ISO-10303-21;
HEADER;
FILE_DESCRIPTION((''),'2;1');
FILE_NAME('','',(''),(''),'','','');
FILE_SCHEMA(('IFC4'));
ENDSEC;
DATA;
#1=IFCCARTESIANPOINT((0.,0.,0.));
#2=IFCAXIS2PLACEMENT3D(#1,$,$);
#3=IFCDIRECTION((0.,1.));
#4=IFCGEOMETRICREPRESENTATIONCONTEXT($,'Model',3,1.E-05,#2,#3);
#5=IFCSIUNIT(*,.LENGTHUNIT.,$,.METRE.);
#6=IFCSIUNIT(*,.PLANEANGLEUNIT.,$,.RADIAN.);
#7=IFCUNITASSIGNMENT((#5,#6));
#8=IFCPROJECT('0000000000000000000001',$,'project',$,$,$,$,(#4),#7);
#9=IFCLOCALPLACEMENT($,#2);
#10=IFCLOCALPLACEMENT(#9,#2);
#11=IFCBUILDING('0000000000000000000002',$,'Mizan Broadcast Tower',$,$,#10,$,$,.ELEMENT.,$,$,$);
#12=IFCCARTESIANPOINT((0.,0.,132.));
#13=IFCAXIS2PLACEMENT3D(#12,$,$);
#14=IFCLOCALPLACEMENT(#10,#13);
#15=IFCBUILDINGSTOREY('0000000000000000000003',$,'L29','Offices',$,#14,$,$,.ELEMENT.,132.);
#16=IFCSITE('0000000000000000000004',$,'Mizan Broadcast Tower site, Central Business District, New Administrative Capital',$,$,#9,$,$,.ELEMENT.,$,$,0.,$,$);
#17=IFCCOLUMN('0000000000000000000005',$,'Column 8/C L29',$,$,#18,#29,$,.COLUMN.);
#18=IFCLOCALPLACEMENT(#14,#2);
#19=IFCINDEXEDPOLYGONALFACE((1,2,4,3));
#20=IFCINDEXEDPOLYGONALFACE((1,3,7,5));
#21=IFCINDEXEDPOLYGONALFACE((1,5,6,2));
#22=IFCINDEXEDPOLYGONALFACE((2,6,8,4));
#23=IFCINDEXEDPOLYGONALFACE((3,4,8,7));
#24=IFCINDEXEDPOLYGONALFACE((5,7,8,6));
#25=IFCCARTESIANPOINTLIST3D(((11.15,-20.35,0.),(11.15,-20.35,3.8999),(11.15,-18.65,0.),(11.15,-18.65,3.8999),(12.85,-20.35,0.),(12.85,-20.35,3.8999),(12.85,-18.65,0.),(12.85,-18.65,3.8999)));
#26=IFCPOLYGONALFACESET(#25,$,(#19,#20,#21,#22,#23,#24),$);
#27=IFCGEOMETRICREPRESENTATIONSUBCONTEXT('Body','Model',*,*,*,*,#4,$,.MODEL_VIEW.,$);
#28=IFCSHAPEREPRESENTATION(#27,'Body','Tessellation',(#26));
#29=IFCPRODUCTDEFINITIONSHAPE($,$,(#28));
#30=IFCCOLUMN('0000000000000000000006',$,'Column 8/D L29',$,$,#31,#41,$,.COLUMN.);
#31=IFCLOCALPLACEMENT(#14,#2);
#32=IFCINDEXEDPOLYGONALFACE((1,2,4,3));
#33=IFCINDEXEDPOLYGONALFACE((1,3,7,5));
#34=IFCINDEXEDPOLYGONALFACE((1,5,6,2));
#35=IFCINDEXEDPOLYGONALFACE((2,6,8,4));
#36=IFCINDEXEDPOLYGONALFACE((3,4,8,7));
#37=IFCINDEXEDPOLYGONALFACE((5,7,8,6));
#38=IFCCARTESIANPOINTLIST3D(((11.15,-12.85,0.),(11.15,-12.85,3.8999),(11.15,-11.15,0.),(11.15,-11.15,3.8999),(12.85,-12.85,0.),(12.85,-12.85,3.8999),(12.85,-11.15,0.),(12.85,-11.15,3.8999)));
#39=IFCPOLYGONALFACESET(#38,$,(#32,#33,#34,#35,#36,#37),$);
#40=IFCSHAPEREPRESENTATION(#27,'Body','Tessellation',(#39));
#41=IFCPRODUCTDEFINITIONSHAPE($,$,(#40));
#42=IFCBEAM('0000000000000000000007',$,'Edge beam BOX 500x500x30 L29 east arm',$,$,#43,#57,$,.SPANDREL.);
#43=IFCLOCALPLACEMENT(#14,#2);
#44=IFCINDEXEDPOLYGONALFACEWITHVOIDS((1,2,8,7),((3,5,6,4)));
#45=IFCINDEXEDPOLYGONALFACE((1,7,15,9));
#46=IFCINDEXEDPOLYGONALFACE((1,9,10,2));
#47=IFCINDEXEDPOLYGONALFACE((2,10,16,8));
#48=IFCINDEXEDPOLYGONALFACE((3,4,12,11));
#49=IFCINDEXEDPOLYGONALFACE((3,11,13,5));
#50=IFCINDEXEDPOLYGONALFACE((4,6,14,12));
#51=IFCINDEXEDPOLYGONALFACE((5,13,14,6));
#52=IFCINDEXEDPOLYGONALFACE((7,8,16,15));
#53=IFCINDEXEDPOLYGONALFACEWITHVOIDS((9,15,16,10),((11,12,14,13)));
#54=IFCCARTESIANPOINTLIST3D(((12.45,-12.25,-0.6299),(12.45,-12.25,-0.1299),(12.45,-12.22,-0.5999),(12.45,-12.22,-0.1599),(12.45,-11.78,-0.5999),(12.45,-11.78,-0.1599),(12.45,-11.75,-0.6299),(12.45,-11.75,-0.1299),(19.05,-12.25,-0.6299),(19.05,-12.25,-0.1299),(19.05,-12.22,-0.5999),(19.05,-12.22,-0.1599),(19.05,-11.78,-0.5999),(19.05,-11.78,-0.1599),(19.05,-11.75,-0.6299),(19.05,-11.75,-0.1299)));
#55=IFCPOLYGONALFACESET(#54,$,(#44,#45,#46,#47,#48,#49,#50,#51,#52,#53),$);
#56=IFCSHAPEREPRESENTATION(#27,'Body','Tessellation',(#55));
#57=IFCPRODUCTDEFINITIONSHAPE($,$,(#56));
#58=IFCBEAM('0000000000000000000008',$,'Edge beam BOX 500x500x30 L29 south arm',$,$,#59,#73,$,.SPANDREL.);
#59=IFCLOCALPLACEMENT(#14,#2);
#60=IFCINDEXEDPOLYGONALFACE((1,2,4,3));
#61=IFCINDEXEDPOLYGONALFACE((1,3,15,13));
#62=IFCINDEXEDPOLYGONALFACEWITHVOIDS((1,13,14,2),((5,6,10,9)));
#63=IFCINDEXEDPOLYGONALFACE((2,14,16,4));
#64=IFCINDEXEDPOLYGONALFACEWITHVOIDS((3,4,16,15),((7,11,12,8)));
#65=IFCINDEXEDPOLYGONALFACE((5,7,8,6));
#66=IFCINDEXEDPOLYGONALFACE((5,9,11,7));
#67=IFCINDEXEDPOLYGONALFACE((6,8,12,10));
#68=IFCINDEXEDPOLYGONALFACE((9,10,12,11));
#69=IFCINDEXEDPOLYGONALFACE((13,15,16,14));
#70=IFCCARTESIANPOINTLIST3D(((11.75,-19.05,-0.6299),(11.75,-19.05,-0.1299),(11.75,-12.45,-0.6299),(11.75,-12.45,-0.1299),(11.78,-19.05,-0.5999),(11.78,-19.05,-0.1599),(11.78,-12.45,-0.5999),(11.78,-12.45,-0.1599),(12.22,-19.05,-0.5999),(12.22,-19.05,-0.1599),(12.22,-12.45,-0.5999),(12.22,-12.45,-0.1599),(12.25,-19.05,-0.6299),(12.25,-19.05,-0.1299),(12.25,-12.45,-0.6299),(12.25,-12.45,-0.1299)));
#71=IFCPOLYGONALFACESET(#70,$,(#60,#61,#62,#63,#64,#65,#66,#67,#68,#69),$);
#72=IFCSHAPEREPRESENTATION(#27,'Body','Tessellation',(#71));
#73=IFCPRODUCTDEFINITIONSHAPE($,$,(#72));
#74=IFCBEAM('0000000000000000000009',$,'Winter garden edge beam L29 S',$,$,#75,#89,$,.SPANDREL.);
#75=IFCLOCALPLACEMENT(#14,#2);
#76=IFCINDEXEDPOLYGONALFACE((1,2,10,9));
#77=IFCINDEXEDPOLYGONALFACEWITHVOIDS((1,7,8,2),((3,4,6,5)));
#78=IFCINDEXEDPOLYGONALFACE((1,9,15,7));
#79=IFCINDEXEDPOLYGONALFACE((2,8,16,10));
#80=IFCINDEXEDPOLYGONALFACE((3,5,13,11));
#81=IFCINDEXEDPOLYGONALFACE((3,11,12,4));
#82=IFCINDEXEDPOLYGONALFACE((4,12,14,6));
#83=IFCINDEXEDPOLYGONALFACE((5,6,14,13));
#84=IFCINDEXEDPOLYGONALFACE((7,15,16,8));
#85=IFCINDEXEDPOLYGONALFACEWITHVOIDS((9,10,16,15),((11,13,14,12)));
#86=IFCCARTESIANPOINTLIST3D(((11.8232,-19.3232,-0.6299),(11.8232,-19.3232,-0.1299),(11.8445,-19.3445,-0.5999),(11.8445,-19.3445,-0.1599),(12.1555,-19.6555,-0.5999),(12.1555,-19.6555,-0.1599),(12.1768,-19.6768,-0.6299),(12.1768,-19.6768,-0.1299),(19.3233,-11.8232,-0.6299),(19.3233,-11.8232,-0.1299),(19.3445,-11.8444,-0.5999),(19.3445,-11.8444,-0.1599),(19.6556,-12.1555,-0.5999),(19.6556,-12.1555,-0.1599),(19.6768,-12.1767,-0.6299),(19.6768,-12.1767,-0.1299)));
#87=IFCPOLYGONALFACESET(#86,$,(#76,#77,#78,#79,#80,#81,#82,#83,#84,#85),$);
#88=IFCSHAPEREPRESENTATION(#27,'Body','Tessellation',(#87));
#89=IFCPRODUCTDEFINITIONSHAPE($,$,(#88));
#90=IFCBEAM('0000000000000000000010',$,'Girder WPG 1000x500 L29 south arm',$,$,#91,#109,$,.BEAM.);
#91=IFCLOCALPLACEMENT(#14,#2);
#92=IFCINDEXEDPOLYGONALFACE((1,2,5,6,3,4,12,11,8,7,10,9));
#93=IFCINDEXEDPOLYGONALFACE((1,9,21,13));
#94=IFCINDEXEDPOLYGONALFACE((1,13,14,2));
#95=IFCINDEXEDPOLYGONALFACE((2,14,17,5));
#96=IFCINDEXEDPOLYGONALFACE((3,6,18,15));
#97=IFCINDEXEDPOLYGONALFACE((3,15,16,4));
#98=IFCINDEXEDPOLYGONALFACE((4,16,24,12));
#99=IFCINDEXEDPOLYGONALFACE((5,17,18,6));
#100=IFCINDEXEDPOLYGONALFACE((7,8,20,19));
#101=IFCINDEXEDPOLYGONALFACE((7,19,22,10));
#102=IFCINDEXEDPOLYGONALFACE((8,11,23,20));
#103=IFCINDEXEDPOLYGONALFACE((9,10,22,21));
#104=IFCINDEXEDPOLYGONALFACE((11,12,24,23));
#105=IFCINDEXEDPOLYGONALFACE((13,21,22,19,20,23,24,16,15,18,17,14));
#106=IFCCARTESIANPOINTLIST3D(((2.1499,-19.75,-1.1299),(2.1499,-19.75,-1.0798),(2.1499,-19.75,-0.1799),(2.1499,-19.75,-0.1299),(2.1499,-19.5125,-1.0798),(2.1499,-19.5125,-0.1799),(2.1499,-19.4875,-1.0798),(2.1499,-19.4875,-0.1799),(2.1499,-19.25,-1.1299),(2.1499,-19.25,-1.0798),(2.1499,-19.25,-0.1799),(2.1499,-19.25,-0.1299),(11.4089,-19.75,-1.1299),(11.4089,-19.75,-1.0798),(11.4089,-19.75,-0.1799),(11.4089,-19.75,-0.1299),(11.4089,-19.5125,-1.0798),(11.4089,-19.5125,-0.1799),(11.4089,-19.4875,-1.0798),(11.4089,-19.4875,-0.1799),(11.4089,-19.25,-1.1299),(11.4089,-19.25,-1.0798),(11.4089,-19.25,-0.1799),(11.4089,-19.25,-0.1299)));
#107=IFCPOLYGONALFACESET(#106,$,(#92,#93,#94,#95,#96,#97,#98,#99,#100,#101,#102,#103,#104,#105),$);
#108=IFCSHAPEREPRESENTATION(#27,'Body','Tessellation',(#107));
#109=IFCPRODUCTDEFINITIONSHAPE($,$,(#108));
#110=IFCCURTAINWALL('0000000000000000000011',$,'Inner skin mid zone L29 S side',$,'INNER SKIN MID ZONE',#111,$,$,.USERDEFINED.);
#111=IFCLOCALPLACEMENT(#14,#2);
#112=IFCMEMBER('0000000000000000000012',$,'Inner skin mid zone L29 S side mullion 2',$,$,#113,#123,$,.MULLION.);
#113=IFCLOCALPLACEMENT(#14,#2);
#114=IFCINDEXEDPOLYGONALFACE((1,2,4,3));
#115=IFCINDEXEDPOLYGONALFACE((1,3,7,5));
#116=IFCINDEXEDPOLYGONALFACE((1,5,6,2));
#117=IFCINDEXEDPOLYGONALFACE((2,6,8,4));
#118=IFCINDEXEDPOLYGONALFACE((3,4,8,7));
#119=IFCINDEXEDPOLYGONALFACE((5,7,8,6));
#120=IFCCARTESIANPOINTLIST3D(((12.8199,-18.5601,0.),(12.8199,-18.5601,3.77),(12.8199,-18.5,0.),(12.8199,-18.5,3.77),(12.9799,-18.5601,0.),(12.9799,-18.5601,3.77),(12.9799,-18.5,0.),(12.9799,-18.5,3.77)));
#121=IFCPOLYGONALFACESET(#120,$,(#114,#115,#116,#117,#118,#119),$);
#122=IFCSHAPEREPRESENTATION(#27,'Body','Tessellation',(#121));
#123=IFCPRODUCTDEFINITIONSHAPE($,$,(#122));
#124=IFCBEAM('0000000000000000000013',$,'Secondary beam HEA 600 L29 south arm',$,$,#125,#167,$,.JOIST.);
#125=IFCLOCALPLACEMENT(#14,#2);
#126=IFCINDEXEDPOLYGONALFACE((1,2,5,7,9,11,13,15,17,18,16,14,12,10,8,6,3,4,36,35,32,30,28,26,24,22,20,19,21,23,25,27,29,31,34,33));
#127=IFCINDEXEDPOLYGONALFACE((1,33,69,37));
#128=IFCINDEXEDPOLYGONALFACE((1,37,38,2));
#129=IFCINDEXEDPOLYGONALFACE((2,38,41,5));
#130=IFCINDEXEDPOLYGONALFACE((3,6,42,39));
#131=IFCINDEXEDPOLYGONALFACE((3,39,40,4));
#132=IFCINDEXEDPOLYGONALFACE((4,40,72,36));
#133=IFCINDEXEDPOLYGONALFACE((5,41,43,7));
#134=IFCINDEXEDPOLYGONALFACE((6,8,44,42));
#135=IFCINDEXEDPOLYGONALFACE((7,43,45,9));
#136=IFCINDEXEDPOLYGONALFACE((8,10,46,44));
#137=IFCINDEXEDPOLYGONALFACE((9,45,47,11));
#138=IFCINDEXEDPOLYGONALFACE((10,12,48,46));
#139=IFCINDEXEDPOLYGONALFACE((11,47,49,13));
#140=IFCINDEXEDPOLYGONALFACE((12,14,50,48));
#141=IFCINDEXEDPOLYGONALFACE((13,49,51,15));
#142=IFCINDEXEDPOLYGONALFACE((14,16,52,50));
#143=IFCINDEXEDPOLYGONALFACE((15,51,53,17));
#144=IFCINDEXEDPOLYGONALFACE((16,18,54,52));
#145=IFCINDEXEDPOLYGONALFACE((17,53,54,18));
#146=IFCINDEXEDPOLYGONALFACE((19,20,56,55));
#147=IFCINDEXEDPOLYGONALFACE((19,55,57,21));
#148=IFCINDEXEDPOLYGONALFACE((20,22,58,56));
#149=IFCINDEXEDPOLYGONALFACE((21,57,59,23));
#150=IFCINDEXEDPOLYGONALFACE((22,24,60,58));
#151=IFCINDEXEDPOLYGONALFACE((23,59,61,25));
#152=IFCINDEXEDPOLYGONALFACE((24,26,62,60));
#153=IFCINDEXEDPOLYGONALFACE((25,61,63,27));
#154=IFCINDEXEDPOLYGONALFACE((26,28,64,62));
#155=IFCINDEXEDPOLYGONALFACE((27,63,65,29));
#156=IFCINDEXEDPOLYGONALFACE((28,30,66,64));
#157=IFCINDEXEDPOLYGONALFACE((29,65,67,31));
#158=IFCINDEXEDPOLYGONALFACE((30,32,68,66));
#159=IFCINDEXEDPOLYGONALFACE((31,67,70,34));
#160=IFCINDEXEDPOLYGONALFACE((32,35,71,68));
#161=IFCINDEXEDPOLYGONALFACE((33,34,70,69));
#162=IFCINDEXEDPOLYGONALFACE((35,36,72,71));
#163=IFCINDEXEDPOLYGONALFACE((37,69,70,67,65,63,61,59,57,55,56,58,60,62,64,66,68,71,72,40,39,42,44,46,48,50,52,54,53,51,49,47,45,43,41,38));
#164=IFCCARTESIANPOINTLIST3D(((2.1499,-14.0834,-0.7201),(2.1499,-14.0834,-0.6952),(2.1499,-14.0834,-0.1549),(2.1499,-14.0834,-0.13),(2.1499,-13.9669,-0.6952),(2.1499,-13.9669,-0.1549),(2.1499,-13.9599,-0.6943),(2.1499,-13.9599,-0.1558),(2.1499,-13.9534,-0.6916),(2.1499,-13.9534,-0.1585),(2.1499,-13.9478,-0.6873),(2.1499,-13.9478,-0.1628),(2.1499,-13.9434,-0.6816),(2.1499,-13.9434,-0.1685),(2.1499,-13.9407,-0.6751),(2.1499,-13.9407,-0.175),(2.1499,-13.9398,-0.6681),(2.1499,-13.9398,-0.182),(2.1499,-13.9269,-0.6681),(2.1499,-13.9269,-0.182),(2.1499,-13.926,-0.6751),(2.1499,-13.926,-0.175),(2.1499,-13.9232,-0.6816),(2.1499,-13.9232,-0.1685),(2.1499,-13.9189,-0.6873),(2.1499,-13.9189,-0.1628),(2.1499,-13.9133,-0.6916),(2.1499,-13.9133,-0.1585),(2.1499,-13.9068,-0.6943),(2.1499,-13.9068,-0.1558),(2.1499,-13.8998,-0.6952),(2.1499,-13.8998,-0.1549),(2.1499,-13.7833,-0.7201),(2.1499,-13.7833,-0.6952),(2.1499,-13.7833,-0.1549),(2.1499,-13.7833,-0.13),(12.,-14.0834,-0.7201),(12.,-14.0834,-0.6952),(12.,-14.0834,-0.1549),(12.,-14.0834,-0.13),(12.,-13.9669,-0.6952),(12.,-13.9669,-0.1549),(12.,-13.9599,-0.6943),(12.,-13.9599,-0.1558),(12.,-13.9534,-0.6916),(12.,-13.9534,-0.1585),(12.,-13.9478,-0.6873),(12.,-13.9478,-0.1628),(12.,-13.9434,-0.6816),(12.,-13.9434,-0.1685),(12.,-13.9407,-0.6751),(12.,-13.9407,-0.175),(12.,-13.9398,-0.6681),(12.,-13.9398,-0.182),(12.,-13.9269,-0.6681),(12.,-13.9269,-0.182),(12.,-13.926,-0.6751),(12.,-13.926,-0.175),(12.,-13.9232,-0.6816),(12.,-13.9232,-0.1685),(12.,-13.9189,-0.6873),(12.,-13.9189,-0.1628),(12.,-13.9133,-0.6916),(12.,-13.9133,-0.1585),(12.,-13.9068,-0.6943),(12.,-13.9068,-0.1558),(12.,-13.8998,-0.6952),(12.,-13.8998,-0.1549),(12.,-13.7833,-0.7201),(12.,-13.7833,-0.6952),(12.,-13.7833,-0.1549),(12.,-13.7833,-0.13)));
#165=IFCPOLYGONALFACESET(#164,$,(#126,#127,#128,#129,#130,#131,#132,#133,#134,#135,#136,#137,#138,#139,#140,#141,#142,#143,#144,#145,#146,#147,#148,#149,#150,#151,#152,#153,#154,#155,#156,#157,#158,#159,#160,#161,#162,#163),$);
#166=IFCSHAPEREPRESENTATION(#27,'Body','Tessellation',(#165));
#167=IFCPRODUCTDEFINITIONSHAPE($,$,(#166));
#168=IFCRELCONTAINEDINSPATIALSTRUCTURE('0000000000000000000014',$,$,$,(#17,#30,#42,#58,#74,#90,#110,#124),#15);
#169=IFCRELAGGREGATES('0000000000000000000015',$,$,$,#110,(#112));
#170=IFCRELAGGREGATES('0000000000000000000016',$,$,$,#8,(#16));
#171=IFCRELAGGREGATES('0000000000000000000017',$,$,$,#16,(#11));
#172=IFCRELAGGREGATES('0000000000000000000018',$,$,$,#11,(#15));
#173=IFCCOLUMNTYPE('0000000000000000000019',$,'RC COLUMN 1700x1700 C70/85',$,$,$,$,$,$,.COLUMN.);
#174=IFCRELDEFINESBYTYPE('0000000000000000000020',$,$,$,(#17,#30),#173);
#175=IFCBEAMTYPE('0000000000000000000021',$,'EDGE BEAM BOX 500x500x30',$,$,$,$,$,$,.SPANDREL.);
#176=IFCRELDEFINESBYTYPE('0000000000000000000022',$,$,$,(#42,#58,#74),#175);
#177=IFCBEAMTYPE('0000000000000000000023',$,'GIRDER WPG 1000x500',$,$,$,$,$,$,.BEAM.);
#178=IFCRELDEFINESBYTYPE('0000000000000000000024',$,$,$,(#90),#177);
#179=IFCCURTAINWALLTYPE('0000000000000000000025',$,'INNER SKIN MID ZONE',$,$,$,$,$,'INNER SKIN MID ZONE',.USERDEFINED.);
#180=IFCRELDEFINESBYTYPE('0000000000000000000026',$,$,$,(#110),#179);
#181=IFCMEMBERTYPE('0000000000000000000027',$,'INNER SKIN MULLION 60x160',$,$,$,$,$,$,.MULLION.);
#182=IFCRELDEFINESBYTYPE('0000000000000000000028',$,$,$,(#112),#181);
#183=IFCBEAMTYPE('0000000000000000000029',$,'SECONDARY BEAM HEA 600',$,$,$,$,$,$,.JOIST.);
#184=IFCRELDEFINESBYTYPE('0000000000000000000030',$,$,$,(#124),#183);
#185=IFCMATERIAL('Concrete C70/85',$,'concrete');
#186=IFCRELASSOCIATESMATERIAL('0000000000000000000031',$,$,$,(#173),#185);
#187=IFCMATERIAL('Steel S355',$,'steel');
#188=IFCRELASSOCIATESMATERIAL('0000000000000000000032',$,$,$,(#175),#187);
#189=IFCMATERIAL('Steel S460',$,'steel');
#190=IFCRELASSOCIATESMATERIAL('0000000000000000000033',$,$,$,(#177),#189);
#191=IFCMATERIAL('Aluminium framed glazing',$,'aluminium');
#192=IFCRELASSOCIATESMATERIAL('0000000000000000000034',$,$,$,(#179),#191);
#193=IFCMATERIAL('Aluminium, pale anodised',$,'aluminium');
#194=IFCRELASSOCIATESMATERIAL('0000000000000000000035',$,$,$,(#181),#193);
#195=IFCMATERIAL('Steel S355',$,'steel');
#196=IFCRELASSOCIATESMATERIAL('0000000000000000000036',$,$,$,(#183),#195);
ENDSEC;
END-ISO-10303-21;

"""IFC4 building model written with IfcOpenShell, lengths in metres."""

from ifc_helpers import new_model, si_unit, direction, frame, origin, origin_2d, place, context, subcontext, project, spatial, rectangle, hollow_rectangle, i_section, extrude, material, material_profile, profile_set, type_object, element, aggregate, save


model = new_model("IFC4")

# Units and contexts
model_context = context("Model", 3, precision=1e-05, world=origin(), true_north=direction((0.0, 1.0)))
body_context = subcontext(model_context, "Body", "Model", "MODEL_VIEW")
ifc_project = project(units=[si_unit("LENGTHUNIT", "METRE"), si_unit("PLANEANGLEUNIT", "RADIAN")], contexts=[model_context])

# Site, building, storey
site_placement = place(None, origin())
site = spatial("IfcSite", under=ifc_project, at=site_placement, Name="Mizan Broadcast Tower site, Central Business District, New Administrative Capital", CompositionType="ELEMENT", RefElevation=0.0)
building_placement = place(site_placement, origin())
building = spatial("IfcBuilding", under=site, at=building_placement, Name="Mizan Broadcast Tower", CompositionType="ELEMENT")
storey_placement = place(building_placement, frame((0.0, 0.0, 132.0)))
storey = spatial("IfcBuildingStorey", under=building, at=storey_placement, Name="L29", Description="Offices", CompositionType="ELEMENT", Elevation=132.0)

# Columns
ifc_material_1 = material(Name="Concrete C70/85", Category="concrete")
ifc_material_profile_1 = material_profile(ifc_material_1, rectangle(XDim=1.7, YDim=1.7, at=origin_2d()), Name="RC 1700x1700")
ifc_profile_set_1 = profile_set([ifc_material_profile_1], Name="Concrete C70/85")
column_type = type_object("IfcColumnType", Name="RC COLUMN 1700x1700 C70/85", PredefinedType="COLUMN", material=ifc_profile_set_1)
for number, where, z_axis, x_axis, name in (
    (1, (12.0, -19.5, 0.0), (0.0, 0.0, 1.0), (1.0, 0.0, 0.0), "Column 8/C L29"),
    (2, (12.0, -12.0, 0.0), (0.0, 0.0, 1.0), (1.0, 0.0, 0.0), "Column 8/D L29"),
):
    element("IfcColumn", number, at=place(storey_placement, frame(where, z_axis=z_axis, x_axis=x_axis)), inside=storey, type_object=column_type, Name=name, PredefinedType="COLUMN", context=body_context, shape_type="SweptSolid", body=[
        extrude(rectangle(XDim=1.7, YDim=1.7, at=origin_2d()), origin(), (0.0, 0.0, 1.0), 3.8999),
    ])

# Beams
ifc_material_2 = material(Name="Steel S355", Category="steel")
ifc_material_profile_2 = material_profile(ifc_material_2, hollow_rectangle(XDim=0.5, YDim=0.5, WallThickness=0.03, at=origin_2d()), Name="BOX 500x500x30")
ifc_profile_set_2 = profile_set([ifc_material_profile_2], Name="Steel S355")
beam_type_1 = type_object("IfcBeamType", Name="EDGE BEAM BOX 500x500x30", PredefinedType="SPANDREL", material=ifc_profile_set_2)
for number, where, z_axis, x_axis, name in (
    (3, (12.45, -12.0, -0.3799), (1.0, 0.0, 0.0), (0.0, 1.0, 0.0), "Edge beam BOX 500x500x30 L29 east arm"),
    (4, (12.0, -12.45, -0.3799), (0.0, -1.0, 0.0), (1.0, 0.0, 0.0), "Edge beam BOX 500x500x30 L29 south arm"),
):
    element("IfcBeam", number, at=place(storey_placement, frame(where, z_axis=z_axis, x_axis=x_axis)), inside=storey, type_object=beam_type_1, Name=name, PredefinedType="SPANDREL", context=body_context, shape_type="SweptSolid", body=[
        extrude(hollow_rectangle(XDim=0.5, YDim=0.5, WallThickness=0.03, at=origin_2d()), origin(), (0.0, 0.0, 1.0), 6.6001),
    ])
beam_1_placement = place(storey_placement, frame((12.0, -19.5, -0.3799), z_axis=(0.707107, 0.707107, 0.0), x_axis=(-0.707107, 0.707107, 0.0)))
element("IfcBeam", 5, at=beam_1_placement, inside=storey, type_object=beam_type_1, Name="Winter garden edge beam L29 S", PredefinedType="SPANDREL", context=body_context, shape_type="SweptSolid", body=[
    extrude(hollow_rectangle(XDim=0.5, YDim=0.5, WallThickness=0.03, at=origin_2d()), origin(), (0.0, 0.0, 1.0), 10.6067),
])
ifc_material_3 = material(Name="Steel S460", Category="steel")
ifc_material_profile_3 = material_profile(ifc_material_3, i_section(OverallWidth=0.5, OverallDepth=1.0, WebThickness=0.0249, FlangeThickness=0.05, at=origin_2d()), Name="WPG 1000x500")
ifc_profile_set_3 = profile_set([ifc_material_profile_3], Name="Steel S460")
beam_type_2 = type_object("IfcBeamType", Name="GIRDER WPG 1000x500", PredefinedType="BEAM", material=ifc_profile_set_3)
beam_2_placement = place(storey_placement, frame((11.4089, -19.5, -0.6299), z_axis=(-1.0, 0.0, 0.0), x_axis=(0.0, -1.0, 0.0)))
element("IfcBeam", 6, at=beam_2_placement, inside=storey, type_object=beam_type_2, Name="Girder WPG 1000x500 L29 south arm", PredefinedType="BEAM", context=body_context, shape_type="SweptSolid", body=[
    extrude(i_section(OverallWidth=0.5, OverallDepth=1.0, WebThickness=0.0249, FlangeThickness=0.05, at=origin_2d()), origin(), (0.0, 0.0, 1.0), 9.259),
])

# Curtain wall, member
ifc_material_4 = material(Name="Aluminium framed glazing", Category="aluminium")
curtain_wall_type = type_object("IfcCurtainWallType", Name="INNER SKIN MID ZONE", ElementType="INNER SKIN MID ZONE", PredefinedType="USERDEFINED", material=ifc_material_4)
curtain_wall_placement = place(storey_placement, origin())
curtain_wall = element("IfcCurtainWall", 7, at=curtain_wall_placement, inside=storey, type_object=curtain_wall_type, Name="Inner skin mid zone L29 S side", ObjectType="INNER SKIN MID ZONE", PredefinedType="USERDEFINED")
ifc_material_5 = material(Name="Aluminium, pale anodised", Category="aluminium")
ifc_material_profile_4 = material_profile(ifc_material_5, rectangle(XDim=0.1599, YDim=0.0601, at=origin_2d()), Name="MULLION 160x60")
ifc_profile_set_4 = profile_set([ifc_material_profile_4], Name="Aluminium, pale anodised")
member_type = type_object("IfcMemberType", Name="INNER SKIN MULLION 60x160", PredefinedType="MULLION", material=ifc_profile_set_4)
member_placement = place(storey_placement, frame((12.8999, -18.53, 0.0), z_axis=(0.0, 0.0, 1.0), x_axis=(-1.0, 0.0, 0.0)))
member = element("IfcMember", 8, at=member_placement, type_object=member_type, Name="Inner skin mid zone L29 S side mullion 2", PredefinedType="MULLION", context=body_context, shape_type="SweptSolid", body=[
    extrude(rectangle(XDim=0.1599, YDim=0.0601, at=origin_2d()), origin(), (0.0, 0.0, 1.0), 3.77),
])
aggregate(curtain_wall, [member])

# Beam
ifc_material_6 = material(Name="Steel S355", Category="steel")
ifc_material_profile_5 = material_profile(ifc_material_6, i_section(OverallWidth=0.3, OverallDepth=0.5901, WebThickness=0.0129, FlangeThickness=0.0249, FilletRadius=0.0271, at=origin_2d()), Name="HEA 600")
ifc_profile_set_5 = profile_set([ifc_material_profile_5], Name="Steel S355")
beam_type_3 = type_object("IfcBeamType", Name="SECONDARY BEAM HEA 600", PredefinedType="JOIST", material=ifc_profile_set_5)
for number, where, z_axis, x_axis, name in (
    (9, (12.0, -13.9333, -0.425), (-1.0, 0.0, 0.0), (0.0, -1.0, 0.0), "Secondary beam HEA 600 L29 south arm"),
):
    element("IfcBeam", number, at=place(storey_placement, frame(where, z_axis=z_axis, x_axis=x_axis)), inside=storey, type_object=beam_type_3, Name=name, PredefinedType="JOIST", context=body_context, shape_type="SweptSolid", body=[
        extrude(i_section(OverallWidth=0.3, OverallDepth=0.5901, WebThickness=0.0129, FlangeThickness=0.0249, FilletRadius=0.0271, at=origin_2d()), origin(), (0.0, 0.0, 1.0), 9.8501),
    ])

save(model, "model.ifc")
